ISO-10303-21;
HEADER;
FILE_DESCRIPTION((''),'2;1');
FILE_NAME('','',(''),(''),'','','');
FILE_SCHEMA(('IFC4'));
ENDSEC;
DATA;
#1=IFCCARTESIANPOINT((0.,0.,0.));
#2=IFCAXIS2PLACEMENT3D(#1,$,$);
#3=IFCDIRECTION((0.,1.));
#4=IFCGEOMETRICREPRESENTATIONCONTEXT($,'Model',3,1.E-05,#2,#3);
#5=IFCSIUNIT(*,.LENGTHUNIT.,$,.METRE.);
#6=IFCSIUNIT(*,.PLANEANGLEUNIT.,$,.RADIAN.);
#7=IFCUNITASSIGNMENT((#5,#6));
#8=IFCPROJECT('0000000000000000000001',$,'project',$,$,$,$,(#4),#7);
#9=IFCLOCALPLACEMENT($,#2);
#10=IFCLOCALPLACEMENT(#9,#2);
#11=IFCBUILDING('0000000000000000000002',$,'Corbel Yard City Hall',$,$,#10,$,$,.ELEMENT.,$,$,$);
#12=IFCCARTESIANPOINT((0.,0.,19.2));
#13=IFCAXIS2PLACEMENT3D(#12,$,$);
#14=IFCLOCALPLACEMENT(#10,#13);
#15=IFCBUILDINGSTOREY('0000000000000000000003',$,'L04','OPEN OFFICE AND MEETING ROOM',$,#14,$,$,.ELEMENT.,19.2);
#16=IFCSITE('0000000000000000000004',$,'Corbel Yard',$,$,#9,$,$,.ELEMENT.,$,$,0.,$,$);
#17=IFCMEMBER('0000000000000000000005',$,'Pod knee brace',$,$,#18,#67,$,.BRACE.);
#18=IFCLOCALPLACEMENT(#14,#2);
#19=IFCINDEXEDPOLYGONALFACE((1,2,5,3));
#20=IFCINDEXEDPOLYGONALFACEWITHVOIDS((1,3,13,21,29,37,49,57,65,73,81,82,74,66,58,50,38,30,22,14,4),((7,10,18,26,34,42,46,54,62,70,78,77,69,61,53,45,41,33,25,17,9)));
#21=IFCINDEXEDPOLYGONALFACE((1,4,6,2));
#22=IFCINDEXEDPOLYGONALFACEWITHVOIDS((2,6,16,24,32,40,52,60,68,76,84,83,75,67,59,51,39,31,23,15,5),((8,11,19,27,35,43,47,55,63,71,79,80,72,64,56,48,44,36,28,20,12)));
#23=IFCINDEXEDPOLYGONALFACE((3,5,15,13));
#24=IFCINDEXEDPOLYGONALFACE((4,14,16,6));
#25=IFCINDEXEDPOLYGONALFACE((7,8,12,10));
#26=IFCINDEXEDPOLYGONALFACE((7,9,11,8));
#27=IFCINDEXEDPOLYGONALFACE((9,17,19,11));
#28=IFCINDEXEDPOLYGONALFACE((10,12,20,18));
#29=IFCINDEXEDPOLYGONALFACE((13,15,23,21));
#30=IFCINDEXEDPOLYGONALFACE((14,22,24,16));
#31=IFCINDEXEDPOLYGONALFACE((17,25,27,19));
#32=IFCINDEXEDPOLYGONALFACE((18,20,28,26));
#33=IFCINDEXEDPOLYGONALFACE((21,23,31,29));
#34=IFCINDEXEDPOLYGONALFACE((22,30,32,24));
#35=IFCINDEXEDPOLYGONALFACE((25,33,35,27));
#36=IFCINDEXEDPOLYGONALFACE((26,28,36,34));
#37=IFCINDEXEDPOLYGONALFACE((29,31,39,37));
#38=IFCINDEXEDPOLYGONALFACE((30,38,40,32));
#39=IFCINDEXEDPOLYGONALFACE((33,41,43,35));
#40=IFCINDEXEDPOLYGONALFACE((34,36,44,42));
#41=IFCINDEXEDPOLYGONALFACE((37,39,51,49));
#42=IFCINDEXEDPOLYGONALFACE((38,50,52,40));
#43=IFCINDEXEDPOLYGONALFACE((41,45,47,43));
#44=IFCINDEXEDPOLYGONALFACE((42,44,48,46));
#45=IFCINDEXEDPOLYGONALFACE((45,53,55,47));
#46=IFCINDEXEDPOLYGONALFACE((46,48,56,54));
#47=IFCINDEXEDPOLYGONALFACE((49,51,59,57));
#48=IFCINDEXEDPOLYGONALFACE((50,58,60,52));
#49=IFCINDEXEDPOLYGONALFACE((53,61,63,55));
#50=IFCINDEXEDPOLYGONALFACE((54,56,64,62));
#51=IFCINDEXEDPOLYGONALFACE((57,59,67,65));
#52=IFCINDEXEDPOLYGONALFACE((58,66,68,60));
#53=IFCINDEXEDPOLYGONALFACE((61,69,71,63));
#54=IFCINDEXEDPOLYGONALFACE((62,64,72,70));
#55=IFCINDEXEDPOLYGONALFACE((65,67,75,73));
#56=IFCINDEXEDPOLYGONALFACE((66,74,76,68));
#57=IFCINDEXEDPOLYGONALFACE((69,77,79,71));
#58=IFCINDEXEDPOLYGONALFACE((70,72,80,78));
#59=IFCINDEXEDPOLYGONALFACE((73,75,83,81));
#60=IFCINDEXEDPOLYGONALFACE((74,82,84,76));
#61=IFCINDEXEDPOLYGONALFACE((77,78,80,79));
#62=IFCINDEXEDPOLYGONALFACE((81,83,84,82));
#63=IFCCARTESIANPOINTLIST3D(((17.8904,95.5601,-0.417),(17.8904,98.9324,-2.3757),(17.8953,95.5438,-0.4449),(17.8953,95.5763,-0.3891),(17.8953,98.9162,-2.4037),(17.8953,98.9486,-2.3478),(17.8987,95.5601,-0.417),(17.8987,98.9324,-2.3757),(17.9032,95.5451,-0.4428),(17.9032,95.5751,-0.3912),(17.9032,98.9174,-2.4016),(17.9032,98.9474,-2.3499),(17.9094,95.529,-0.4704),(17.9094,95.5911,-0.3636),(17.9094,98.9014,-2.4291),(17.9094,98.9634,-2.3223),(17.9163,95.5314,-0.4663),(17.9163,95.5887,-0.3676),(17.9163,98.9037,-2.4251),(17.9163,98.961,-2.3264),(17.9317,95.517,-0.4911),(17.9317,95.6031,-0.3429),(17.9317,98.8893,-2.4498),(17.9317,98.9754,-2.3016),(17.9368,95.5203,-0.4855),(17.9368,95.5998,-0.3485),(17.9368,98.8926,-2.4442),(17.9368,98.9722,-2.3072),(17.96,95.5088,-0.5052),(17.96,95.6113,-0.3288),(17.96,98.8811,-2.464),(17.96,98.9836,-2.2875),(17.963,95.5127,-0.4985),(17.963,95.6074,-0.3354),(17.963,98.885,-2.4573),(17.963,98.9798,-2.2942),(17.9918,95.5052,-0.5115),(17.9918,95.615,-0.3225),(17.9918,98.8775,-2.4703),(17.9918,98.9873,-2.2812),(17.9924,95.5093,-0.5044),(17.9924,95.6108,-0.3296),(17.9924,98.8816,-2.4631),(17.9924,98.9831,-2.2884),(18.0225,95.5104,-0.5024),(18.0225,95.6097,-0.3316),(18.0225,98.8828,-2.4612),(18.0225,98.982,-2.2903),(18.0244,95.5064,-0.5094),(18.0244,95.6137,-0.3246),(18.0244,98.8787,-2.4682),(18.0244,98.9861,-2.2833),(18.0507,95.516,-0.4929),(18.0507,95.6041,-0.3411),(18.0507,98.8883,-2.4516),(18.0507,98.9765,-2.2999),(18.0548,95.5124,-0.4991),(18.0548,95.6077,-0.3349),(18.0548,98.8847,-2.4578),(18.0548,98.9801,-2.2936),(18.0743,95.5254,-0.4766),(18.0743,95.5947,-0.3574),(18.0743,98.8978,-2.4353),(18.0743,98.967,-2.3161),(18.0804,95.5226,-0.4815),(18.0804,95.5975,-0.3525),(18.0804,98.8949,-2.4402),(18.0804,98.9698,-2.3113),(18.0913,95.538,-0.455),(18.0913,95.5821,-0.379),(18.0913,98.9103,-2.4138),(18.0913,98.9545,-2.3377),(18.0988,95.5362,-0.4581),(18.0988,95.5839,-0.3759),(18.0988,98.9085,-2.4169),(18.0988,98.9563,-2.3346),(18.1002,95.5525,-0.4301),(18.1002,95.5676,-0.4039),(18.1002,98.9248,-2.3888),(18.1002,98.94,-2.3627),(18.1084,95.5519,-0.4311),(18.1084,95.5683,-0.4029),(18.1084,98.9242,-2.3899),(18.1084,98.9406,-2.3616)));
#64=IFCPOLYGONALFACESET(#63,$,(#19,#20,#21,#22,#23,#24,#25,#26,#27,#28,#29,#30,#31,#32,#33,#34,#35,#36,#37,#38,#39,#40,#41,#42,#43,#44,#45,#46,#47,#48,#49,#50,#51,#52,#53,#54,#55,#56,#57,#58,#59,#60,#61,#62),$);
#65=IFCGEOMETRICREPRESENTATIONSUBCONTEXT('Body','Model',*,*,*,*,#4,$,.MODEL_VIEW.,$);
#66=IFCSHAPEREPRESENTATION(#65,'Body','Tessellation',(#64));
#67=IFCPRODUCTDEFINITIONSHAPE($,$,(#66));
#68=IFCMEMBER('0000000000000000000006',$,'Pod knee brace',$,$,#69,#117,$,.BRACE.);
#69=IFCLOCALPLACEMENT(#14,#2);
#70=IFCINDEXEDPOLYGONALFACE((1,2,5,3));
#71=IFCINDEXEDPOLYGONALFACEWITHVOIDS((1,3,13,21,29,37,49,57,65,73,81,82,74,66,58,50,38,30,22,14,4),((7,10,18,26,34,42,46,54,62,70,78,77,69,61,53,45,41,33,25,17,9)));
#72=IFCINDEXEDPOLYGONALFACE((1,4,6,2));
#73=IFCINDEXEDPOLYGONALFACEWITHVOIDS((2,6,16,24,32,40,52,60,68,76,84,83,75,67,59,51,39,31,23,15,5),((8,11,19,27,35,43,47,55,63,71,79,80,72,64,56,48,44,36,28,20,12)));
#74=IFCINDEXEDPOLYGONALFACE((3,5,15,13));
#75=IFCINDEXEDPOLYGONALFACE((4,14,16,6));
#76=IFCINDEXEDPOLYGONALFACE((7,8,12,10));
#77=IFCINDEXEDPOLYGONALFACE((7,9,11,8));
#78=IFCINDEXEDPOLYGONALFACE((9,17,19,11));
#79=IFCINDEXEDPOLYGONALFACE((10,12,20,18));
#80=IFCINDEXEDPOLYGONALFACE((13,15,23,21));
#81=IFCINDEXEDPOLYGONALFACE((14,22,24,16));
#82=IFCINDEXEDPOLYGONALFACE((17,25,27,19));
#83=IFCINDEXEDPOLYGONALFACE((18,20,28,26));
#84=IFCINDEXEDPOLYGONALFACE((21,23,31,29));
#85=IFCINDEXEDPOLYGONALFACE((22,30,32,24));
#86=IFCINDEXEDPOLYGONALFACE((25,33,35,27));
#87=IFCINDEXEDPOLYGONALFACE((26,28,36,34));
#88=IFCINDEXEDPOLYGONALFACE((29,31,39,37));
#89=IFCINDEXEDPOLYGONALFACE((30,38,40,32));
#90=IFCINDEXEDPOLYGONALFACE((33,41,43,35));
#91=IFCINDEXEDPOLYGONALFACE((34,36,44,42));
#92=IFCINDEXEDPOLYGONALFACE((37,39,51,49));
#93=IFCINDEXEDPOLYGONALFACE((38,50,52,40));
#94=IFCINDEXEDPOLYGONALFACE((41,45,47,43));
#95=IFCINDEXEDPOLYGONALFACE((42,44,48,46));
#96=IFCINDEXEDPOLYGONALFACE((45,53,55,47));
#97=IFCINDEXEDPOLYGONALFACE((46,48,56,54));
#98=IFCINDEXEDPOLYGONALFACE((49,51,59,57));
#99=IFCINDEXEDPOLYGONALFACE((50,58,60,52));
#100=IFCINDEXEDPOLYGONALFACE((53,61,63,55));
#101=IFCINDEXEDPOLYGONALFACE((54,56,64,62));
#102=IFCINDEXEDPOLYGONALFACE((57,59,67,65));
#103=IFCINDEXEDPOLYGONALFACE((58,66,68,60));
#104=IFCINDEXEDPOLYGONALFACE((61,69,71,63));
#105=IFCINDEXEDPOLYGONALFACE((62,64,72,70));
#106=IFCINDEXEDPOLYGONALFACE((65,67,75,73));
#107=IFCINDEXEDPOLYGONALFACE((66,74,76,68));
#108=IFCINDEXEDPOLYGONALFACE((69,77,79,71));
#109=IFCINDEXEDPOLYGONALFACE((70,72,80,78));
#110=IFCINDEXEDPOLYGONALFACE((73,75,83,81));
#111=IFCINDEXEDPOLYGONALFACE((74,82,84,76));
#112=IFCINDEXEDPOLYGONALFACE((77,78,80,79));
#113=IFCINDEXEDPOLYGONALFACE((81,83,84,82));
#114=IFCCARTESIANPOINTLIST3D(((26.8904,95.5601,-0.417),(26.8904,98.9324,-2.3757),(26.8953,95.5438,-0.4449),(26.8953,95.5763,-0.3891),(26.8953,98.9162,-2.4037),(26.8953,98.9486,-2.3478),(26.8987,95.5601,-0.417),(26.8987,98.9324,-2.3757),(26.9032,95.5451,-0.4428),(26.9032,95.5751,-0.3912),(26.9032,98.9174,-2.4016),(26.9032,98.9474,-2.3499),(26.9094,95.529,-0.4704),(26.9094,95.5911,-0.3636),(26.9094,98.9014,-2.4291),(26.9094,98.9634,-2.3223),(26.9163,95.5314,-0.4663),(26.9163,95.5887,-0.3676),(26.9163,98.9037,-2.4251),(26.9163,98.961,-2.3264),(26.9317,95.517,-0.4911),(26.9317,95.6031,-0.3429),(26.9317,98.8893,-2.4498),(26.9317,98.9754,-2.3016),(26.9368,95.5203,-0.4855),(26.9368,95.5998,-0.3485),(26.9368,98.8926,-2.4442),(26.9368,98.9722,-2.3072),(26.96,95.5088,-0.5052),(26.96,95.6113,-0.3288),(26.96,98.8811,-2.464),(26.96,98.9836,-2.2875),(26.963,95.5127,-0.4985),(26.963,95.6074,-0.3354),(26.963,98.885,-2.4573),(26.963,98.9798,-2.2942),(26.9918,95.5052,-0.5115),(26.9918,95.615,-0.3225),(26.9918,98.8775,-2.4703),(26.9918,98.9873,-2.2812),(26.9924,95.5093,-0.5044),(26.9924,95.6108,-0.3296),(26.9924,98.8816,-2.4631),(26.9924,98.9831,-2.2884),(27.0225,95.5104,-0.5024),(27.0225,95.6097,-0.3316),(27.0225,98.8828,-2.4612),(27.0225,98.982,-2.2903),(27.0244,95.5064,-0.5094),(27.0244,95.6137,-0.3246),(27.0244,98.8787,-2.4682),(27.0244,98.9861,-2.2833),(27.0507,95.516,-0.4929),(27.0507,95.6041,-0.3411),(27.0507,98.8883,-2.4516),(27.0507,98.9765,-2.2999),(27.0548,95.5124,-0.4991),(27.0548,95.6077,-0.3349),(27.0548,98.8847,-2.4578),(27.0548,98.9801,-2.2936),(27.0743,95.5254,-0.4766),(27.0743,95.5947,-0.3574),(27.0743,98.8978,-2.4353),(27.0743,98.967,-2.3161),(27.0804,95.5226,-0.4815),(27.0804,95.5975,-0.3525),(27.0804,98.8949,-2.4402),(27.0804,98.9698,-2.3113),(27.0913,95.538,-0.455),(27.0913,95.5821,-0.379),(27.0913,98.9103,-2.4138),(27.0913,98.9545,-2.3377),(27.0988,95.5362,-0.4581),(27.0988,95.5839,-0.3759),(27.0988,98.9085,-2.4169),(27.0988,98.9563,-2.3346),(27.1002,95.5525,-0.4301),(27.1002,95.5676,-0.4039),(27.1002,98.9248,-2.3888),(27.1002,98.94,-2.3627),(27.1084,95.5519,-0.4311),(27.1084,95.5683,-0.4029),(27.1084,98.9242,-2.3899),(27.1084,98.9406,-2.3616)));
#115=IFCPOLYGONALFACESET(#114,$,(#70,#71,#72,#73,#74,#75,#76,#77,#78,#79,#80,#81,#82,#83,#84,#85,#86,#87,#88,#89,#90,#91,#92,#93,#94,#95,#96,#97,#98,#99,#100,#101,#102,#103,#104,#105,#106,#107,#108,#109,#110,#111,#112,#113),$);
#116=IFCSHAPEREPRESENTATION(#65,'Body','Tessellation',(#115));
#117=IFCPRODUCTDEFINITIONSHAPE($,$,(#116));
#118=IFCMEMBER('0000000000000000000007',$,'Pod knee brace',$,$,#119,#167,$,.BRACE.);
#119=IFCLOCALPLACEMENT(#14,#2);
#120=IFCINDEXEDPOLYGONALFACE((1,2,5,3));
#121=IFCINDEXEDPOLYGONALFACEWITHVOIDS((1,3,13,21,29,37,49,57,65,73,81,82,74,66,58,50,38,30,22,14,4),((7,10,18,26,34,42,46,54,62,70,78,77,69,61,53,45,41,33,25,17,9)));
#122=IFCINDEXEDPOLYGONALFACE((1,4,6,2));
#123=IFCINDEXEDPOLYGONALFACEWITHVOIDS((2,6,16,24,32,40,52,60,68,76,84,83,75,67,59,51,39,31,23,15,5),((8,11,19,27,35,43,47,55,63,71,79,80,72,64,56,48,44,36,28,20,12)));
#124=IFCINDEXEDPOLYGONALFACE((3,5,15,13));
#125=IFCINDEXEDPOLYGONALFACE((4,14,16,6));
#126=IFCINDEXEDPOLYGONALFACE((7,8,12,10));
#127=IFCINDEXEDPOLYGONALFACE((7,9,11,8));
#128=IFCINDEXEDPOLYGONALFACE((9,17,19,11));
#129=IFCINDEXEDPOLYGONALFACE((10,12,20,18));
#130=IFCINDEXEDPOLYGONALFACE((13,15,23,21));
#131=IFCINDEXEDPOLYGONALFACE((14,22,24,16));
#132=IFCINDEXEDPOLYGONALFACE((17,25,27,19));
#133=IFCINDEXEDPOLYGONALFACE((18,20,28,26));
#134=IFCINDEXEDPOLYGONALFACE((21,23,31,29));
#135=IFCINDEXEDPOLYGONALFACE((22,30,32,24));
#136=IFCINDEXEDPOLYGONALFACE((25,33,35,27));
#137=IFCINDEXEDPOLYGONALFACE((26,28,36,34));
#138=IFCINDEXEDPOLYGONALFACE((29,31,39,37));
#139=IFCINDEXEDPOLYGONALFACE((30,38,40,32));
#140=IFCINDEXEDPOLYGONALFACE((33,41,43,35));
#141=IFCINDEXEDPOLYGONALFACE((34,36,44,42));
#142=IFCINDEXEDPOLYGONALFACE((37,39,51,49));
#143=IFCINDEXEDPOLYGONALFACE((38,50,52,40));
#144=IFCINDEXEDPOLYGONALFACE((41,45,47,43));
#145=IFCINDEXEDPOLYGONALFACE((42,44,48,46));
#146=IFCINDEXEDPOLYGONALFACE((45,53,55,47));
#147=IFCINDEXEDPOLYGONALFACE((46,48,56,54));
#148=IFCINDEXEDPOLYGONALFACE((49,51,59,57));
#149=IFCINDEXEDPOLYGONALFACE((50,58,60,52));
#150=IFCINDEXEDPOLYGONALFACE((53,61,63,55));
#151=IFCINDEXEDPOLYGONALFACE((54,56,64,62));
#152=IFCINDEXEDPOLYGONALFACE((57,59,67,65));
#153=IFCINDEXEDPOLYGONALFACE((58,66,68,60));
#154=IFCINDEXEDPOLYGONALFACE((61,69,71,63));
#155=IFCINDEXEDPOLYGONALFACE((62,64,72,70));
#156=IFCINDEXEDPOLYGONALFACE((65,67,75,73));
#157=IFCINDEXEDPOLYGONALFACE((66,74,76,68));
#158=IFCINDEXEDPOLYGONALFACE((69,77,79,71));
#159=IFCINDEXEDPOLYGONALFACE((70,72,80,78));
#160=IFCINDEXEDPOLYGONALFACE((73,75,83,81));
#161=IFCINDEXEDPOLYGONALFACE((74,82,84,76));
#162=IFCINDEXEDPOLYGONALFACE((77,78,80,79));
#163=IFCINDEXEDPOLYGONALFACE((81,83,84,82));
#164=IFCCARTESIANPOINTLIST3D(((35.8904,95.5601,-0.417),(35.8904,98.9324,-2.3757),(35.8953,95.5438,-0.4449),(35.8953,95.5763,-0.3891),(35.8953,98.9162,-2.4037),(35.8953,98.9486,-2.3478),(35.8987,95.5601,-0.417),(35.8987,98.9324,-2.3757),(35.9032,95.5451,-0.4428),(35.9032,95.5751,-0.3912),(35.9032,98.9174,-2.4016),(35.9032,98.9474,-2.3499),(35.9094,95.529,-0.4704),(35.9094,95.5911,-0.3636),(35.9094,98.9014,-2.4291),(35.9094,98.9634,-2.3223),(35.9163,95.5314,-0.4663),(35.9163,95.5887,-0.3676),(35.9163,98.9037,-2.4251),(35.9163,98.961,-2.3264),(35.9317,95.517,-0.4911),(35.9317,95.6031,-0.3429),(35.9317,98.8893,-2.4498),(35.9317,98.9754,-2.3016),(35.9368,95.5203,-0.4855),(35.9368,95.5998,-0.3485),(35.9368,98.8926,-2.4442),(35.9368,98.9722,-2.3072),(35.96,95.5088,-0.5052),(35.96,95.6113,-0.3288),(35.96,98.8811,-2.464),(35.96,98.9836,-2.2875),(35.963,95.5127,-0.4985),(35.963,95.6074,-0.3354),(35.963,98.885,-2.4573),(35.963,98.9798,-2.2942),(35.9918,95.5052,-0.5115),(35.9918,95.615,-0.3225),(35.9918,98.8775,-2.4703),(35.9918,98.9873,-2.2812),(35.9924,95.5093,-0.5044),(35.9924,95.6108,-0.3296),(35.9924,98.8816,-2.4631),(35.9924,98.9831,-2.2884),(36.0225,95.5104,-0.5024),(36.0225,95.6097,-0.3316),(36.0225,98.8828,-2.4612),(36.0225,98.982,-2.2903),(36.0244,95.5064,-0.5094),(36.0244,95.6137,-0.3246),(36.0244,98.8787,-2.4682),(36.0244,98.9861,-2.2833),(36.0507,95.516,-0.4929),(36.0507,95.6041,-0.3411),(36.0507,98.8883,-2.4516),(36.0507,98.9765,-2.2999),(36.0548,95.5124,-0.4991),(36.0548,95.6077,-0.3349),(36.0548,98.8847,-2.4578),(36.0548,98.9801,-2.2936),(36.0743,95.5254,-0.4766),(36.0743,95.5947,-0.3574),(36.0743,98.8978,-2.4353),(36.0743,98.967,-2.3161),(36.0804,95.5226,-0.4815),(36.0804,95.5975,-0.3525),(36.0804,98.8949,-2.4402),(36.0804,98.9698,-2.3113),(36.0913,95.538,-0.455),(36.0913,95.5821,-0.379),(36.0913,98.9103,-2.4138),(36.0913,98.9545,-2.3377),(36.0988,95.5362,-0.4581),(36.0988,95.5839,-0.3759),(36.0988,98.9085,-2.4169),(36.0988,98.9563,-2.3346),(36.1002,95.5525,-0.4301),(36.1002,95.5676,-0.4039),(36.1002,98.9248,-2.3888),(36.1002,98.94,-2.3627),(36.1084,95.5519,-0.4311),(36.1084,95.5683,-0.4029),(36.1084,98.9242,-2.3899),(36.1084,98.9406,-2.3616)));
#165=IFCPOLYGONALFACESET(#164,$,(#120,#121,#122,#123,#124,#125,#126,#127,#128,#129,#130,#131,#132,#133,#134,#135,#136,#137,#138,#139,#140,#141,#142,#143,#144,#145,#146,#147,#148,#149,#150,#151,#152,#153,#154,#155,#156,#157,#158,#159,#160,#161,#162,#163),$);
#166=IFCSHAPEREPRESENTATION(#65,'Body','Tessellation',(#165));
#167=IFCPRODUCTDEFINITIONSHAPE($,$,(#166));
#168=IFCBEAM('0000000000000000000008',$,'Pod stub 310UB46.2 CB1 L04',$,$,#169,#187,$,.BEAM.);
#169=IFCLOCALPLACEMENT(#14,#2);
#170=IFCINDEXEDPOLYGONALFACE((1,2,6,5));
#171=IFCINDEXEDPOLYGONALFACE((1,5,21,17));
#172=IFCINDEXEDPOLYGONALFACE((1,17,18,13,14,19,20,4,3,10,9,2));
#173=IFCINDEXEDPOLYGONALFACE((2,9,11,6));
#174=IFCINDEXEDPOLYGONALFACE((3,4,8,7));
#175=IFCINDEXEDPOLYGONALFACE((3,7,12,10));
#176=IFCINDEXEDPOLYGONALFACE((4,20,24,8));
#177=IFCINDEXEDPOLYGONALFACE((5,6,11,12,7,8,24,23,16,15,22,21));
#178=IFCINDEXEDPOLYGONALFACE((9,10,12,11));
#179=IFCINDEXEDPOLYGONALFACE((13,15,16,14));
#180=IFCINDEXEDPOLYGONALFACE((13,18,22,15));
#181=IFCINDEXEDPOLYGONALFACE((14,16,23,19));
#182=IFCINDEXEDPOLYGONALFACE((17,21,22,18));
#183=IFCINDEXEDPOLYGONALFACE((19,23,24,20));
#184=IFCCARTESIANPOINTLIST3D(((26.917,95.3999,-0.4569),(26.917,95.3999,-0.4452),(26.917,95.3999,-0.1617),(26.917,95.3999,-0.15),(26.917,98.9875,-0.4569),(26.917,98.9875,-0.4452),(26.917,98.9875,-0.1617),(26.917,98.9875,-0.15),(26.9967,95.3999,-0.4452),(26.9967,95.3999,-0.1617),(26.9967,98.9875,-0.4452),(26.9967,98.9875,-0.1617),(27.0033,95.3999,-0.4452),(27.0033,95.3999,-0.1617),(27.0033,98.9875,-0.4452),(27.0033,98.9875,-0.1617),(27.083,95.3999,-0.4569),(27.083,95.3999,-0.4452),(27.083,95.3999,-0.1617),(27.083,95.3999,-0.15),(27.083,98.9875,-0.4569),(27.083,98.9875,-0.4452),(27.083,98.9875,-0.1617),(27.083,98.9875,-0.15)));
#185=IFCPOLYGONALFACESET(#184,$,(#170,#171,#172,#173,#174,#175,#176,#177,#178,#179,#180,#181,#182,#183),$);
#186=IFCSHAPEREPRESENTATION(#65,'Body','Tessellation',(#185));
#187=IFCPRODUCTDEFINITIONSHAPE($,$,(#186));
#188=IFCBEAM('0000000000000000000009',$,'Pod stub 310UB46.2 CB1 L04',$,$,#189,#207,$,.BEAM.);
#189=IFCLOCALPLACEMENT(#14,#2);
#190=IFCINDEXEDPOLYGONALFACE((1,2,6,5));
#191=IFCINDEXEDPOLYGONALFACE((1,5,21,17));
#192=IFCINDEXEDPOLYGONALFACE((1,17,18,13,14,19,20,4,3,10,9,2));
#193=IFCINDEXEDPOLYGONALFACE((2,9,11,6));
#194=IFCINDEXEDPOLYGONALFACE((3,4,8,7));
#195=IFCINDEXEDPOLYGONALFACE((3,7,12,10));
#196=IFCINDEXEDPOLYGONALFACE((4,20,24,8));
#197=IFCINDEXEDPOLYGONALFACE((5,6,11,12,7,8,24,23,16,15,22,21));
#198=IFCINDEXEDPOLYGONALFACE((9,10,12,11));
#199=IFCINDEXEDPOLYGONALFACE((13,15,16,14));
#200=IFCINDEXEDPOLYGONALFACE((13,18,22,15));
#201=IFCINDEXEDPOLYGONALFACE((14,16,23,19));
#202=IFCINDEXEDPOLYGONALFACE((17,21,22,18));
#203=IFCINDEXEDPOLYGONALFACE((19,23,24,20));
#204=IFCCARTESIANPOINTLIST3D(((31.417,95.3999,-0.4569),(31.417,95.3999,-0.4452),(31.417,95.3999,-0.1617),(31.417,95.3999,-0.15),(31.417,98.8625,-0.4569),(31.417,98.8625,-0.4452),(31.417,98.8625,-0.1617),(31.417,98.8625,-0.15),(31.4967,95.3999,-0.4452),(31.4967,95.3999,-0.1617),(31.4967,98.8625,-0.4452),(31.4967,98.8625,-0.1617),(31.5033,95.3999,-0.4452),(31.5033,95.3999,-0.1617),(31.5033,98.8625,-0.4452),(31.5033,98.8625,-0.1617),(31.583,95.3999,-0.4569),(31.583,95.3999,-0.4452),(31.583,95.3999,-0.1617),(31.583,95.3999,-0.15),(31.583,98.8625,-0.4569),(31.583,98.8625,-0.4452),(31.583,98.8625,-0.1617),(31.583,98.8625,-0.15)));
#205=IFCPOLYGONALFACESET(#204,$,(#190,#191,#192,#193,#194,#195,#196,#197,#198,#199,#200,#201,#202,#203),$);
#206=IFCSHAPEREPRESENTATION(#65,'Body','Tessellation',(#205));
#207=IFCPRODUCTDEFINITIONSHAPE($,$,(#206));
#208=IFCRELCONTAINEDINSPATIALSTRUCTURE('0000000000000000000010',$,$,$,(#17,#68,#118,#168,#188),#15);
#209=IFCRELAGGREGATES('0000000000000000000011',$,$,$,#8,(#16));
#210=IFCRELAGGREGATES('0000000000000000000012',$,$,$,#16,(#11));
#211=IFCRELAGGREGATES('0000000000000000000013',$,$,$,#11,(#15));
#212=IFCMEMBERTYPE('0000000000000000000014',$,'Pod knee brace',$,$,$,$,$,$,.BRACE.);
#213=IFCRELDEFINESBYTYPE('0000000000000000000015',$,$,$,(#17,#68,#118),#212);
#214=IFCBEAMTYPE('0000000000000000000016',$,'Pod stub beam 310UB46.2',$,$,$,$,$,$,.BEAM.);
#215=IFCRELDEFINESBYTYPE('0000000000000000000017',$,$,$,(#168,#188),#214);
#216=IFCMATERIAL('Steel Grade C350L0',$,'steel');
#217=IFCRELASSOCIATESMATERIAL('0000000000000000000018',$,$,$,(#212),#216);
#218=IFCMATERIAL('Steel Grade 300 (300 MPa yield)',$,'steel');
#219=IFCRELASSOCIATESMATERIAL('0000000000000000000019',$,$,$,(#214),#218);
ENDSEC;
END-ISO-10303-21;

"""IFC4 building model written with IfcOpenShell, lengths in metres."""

from ifc_helpers import new_model, si_unit, direction, frame, origin, origin_2d, place, context, subcontext, project, spatial, hollow_circle, i_section, extrude, material, material_profile, profile_set, type_object, element, save


model = new_model("IFC4")

# Units and contexts
model_context = context("Model", 3, precision=1e-05, world=origin(), true_north=direction((0.0, 1.0)))
body_context = subcontext(model_context, "Body", "Model", "MODEL_VIEW")
ifc_project = project(units=[si_unit("LENGTHUNIT", "METRE"), si_unit("PLANEANGLEUNIT", "RADIAN")], contexts=[model_context])

# Site, building, storey
site_placement = place(None, origin())
site = spatial("IfcSite", under=ifc_project, at=site_placement, Name="Corbel Yard", CompositionType="ELEMENT", RefElevation=0.0)
building_placement = place(site_placement, origin())
building = spatial("IfcBuilding", under=site, at=building_placement, Name="Corbel Yard City Hall", CompositionType="ELEMENT")
storey_placement = place(building_placement, frame((0.0, 0.0, 19.2)))
storey = spatial("IfcBuildingStorey", under=building, at=storey_placement, Name="L04", Description="OPEN OFFICE AND MEETING ROOM", CompositionType="ELEMENT", Elevation=19.2)

# Members
ifc_material_1 = material(Name="Steel Grade C350L0", Category="steel")
ifc_material_profile_1 = material_profile(ifc_material_1, hollow_circle(Radius=0.1096, WallThickness=0.0083, at=origin_2d()), Name="219.1x8.2CHS")
ifc_profile_set_1 = profile_set([ifc_material_profile_1], Name="Steel Grade C350L0")
member_type = type_object("IfcMemberType", Name="Pod knee brace", PredefinedType="BRACE", material=ifc_profile_set_1)
for number, where, z_axis, x_axis, name in (
    (1, (18.0, 95.5601, -0.417), (0.0, 0.86472, -0.502255), (-1.0, 0.0, 0.0), "Pod knee brace"),
    (2, (27.0, 95.5601, -0.417), (0.0, 0.86472, -0.502255), (-1.0, 0.0, 0.0), "Pod knee brace"),
    (3, (36.0, 95.5601, -0.417), (0.0, 0.86472, -0.502255), (-1.0, 0.0, 0.0), "Pod knee brace"),
):
    element("IfcMember", number, at=place(storey_placement, frame(where, z_axis=z_axis, x_axis=x_axis)), inside=storey, type_object=member_type, Name=name, PredefinedType="BRACE", context=body_context, shape_type="SweptSolid", body=[
        extrude(hollow_circle(Radius=0.1096, WallThickness=0.0083, at=origin_2d()), origin(), (0.0, 0.0, 1.0), 3.8999),
    ])

# Beams
ifc_material_2 = material(Name="Steel Grade 300 (300 MPa yield)", Category="steel")
ifc_material_profile_2 = material_profile(ifc_material_2, i_section(OverallWidth=0.166, OverallDepth=0.3069, WebThickness=0.0066, FlangeThickness=0.0117, at=origin_2d()), Name="310UB46.2")
ifc_profile_set_2 = profile_set([ifc_material_profile_2], Name="Steel Grade 300 (300 MPa yield)")
beam_type_1 = type_object("IfcBeamType", Name="Pod stub beam 310UB46.2", PredefinedType="BEAM", material=ifc_profile_set_2)
beam_1_placement = place(storey_placement, frame((27.0, 95.3999, -0.3035), z_axis=(0.0, 1.0, 0.0), x_axis=(-1.0, 0.0, 0.0)))
element("IfcBeam", 4, at=beam_1_placement, inside=storey, type_object=beam_type_1, Name="Pod stub 310UB46.2 CB1 L04", PredefinedType="BEAM", context=body_context, shape_type="SweptSolid", body=[
    extrude(i_section(OverallWidth=0.166, OverallDepth=0.3069, WebThickness=0.0066, FlangeThickness=0.0117, at=origin_2d()), origin(), (0.0, 0.0, 1.0), 3.5876),
])
beam_2_placement = place(storey_placement, frame((31.5, 95.3999, -0.3035), z_axis=(0.0, 1.0, 0.0), x_axis=(-1.0, 0.0, 0.0)))
element("IfcBeam", 5, at=beam_2_placement, inside=storey, type_object=beam_type_1, Name="Pod stub 310UB46.2 CB1 L04", PredefinedType="BEAM", context=body_context, shape_type="SweptSolid", body=[
    extrude(i_section(OverallWidth=0.166, OverallDepth=0.3069, WebThickness=0.0066, FlangeThickness=0.0117, at=origin_2d()), origin(), (0.0, 0.0, 1.0), 3.4626),
])

save(model, "model.ifc")
